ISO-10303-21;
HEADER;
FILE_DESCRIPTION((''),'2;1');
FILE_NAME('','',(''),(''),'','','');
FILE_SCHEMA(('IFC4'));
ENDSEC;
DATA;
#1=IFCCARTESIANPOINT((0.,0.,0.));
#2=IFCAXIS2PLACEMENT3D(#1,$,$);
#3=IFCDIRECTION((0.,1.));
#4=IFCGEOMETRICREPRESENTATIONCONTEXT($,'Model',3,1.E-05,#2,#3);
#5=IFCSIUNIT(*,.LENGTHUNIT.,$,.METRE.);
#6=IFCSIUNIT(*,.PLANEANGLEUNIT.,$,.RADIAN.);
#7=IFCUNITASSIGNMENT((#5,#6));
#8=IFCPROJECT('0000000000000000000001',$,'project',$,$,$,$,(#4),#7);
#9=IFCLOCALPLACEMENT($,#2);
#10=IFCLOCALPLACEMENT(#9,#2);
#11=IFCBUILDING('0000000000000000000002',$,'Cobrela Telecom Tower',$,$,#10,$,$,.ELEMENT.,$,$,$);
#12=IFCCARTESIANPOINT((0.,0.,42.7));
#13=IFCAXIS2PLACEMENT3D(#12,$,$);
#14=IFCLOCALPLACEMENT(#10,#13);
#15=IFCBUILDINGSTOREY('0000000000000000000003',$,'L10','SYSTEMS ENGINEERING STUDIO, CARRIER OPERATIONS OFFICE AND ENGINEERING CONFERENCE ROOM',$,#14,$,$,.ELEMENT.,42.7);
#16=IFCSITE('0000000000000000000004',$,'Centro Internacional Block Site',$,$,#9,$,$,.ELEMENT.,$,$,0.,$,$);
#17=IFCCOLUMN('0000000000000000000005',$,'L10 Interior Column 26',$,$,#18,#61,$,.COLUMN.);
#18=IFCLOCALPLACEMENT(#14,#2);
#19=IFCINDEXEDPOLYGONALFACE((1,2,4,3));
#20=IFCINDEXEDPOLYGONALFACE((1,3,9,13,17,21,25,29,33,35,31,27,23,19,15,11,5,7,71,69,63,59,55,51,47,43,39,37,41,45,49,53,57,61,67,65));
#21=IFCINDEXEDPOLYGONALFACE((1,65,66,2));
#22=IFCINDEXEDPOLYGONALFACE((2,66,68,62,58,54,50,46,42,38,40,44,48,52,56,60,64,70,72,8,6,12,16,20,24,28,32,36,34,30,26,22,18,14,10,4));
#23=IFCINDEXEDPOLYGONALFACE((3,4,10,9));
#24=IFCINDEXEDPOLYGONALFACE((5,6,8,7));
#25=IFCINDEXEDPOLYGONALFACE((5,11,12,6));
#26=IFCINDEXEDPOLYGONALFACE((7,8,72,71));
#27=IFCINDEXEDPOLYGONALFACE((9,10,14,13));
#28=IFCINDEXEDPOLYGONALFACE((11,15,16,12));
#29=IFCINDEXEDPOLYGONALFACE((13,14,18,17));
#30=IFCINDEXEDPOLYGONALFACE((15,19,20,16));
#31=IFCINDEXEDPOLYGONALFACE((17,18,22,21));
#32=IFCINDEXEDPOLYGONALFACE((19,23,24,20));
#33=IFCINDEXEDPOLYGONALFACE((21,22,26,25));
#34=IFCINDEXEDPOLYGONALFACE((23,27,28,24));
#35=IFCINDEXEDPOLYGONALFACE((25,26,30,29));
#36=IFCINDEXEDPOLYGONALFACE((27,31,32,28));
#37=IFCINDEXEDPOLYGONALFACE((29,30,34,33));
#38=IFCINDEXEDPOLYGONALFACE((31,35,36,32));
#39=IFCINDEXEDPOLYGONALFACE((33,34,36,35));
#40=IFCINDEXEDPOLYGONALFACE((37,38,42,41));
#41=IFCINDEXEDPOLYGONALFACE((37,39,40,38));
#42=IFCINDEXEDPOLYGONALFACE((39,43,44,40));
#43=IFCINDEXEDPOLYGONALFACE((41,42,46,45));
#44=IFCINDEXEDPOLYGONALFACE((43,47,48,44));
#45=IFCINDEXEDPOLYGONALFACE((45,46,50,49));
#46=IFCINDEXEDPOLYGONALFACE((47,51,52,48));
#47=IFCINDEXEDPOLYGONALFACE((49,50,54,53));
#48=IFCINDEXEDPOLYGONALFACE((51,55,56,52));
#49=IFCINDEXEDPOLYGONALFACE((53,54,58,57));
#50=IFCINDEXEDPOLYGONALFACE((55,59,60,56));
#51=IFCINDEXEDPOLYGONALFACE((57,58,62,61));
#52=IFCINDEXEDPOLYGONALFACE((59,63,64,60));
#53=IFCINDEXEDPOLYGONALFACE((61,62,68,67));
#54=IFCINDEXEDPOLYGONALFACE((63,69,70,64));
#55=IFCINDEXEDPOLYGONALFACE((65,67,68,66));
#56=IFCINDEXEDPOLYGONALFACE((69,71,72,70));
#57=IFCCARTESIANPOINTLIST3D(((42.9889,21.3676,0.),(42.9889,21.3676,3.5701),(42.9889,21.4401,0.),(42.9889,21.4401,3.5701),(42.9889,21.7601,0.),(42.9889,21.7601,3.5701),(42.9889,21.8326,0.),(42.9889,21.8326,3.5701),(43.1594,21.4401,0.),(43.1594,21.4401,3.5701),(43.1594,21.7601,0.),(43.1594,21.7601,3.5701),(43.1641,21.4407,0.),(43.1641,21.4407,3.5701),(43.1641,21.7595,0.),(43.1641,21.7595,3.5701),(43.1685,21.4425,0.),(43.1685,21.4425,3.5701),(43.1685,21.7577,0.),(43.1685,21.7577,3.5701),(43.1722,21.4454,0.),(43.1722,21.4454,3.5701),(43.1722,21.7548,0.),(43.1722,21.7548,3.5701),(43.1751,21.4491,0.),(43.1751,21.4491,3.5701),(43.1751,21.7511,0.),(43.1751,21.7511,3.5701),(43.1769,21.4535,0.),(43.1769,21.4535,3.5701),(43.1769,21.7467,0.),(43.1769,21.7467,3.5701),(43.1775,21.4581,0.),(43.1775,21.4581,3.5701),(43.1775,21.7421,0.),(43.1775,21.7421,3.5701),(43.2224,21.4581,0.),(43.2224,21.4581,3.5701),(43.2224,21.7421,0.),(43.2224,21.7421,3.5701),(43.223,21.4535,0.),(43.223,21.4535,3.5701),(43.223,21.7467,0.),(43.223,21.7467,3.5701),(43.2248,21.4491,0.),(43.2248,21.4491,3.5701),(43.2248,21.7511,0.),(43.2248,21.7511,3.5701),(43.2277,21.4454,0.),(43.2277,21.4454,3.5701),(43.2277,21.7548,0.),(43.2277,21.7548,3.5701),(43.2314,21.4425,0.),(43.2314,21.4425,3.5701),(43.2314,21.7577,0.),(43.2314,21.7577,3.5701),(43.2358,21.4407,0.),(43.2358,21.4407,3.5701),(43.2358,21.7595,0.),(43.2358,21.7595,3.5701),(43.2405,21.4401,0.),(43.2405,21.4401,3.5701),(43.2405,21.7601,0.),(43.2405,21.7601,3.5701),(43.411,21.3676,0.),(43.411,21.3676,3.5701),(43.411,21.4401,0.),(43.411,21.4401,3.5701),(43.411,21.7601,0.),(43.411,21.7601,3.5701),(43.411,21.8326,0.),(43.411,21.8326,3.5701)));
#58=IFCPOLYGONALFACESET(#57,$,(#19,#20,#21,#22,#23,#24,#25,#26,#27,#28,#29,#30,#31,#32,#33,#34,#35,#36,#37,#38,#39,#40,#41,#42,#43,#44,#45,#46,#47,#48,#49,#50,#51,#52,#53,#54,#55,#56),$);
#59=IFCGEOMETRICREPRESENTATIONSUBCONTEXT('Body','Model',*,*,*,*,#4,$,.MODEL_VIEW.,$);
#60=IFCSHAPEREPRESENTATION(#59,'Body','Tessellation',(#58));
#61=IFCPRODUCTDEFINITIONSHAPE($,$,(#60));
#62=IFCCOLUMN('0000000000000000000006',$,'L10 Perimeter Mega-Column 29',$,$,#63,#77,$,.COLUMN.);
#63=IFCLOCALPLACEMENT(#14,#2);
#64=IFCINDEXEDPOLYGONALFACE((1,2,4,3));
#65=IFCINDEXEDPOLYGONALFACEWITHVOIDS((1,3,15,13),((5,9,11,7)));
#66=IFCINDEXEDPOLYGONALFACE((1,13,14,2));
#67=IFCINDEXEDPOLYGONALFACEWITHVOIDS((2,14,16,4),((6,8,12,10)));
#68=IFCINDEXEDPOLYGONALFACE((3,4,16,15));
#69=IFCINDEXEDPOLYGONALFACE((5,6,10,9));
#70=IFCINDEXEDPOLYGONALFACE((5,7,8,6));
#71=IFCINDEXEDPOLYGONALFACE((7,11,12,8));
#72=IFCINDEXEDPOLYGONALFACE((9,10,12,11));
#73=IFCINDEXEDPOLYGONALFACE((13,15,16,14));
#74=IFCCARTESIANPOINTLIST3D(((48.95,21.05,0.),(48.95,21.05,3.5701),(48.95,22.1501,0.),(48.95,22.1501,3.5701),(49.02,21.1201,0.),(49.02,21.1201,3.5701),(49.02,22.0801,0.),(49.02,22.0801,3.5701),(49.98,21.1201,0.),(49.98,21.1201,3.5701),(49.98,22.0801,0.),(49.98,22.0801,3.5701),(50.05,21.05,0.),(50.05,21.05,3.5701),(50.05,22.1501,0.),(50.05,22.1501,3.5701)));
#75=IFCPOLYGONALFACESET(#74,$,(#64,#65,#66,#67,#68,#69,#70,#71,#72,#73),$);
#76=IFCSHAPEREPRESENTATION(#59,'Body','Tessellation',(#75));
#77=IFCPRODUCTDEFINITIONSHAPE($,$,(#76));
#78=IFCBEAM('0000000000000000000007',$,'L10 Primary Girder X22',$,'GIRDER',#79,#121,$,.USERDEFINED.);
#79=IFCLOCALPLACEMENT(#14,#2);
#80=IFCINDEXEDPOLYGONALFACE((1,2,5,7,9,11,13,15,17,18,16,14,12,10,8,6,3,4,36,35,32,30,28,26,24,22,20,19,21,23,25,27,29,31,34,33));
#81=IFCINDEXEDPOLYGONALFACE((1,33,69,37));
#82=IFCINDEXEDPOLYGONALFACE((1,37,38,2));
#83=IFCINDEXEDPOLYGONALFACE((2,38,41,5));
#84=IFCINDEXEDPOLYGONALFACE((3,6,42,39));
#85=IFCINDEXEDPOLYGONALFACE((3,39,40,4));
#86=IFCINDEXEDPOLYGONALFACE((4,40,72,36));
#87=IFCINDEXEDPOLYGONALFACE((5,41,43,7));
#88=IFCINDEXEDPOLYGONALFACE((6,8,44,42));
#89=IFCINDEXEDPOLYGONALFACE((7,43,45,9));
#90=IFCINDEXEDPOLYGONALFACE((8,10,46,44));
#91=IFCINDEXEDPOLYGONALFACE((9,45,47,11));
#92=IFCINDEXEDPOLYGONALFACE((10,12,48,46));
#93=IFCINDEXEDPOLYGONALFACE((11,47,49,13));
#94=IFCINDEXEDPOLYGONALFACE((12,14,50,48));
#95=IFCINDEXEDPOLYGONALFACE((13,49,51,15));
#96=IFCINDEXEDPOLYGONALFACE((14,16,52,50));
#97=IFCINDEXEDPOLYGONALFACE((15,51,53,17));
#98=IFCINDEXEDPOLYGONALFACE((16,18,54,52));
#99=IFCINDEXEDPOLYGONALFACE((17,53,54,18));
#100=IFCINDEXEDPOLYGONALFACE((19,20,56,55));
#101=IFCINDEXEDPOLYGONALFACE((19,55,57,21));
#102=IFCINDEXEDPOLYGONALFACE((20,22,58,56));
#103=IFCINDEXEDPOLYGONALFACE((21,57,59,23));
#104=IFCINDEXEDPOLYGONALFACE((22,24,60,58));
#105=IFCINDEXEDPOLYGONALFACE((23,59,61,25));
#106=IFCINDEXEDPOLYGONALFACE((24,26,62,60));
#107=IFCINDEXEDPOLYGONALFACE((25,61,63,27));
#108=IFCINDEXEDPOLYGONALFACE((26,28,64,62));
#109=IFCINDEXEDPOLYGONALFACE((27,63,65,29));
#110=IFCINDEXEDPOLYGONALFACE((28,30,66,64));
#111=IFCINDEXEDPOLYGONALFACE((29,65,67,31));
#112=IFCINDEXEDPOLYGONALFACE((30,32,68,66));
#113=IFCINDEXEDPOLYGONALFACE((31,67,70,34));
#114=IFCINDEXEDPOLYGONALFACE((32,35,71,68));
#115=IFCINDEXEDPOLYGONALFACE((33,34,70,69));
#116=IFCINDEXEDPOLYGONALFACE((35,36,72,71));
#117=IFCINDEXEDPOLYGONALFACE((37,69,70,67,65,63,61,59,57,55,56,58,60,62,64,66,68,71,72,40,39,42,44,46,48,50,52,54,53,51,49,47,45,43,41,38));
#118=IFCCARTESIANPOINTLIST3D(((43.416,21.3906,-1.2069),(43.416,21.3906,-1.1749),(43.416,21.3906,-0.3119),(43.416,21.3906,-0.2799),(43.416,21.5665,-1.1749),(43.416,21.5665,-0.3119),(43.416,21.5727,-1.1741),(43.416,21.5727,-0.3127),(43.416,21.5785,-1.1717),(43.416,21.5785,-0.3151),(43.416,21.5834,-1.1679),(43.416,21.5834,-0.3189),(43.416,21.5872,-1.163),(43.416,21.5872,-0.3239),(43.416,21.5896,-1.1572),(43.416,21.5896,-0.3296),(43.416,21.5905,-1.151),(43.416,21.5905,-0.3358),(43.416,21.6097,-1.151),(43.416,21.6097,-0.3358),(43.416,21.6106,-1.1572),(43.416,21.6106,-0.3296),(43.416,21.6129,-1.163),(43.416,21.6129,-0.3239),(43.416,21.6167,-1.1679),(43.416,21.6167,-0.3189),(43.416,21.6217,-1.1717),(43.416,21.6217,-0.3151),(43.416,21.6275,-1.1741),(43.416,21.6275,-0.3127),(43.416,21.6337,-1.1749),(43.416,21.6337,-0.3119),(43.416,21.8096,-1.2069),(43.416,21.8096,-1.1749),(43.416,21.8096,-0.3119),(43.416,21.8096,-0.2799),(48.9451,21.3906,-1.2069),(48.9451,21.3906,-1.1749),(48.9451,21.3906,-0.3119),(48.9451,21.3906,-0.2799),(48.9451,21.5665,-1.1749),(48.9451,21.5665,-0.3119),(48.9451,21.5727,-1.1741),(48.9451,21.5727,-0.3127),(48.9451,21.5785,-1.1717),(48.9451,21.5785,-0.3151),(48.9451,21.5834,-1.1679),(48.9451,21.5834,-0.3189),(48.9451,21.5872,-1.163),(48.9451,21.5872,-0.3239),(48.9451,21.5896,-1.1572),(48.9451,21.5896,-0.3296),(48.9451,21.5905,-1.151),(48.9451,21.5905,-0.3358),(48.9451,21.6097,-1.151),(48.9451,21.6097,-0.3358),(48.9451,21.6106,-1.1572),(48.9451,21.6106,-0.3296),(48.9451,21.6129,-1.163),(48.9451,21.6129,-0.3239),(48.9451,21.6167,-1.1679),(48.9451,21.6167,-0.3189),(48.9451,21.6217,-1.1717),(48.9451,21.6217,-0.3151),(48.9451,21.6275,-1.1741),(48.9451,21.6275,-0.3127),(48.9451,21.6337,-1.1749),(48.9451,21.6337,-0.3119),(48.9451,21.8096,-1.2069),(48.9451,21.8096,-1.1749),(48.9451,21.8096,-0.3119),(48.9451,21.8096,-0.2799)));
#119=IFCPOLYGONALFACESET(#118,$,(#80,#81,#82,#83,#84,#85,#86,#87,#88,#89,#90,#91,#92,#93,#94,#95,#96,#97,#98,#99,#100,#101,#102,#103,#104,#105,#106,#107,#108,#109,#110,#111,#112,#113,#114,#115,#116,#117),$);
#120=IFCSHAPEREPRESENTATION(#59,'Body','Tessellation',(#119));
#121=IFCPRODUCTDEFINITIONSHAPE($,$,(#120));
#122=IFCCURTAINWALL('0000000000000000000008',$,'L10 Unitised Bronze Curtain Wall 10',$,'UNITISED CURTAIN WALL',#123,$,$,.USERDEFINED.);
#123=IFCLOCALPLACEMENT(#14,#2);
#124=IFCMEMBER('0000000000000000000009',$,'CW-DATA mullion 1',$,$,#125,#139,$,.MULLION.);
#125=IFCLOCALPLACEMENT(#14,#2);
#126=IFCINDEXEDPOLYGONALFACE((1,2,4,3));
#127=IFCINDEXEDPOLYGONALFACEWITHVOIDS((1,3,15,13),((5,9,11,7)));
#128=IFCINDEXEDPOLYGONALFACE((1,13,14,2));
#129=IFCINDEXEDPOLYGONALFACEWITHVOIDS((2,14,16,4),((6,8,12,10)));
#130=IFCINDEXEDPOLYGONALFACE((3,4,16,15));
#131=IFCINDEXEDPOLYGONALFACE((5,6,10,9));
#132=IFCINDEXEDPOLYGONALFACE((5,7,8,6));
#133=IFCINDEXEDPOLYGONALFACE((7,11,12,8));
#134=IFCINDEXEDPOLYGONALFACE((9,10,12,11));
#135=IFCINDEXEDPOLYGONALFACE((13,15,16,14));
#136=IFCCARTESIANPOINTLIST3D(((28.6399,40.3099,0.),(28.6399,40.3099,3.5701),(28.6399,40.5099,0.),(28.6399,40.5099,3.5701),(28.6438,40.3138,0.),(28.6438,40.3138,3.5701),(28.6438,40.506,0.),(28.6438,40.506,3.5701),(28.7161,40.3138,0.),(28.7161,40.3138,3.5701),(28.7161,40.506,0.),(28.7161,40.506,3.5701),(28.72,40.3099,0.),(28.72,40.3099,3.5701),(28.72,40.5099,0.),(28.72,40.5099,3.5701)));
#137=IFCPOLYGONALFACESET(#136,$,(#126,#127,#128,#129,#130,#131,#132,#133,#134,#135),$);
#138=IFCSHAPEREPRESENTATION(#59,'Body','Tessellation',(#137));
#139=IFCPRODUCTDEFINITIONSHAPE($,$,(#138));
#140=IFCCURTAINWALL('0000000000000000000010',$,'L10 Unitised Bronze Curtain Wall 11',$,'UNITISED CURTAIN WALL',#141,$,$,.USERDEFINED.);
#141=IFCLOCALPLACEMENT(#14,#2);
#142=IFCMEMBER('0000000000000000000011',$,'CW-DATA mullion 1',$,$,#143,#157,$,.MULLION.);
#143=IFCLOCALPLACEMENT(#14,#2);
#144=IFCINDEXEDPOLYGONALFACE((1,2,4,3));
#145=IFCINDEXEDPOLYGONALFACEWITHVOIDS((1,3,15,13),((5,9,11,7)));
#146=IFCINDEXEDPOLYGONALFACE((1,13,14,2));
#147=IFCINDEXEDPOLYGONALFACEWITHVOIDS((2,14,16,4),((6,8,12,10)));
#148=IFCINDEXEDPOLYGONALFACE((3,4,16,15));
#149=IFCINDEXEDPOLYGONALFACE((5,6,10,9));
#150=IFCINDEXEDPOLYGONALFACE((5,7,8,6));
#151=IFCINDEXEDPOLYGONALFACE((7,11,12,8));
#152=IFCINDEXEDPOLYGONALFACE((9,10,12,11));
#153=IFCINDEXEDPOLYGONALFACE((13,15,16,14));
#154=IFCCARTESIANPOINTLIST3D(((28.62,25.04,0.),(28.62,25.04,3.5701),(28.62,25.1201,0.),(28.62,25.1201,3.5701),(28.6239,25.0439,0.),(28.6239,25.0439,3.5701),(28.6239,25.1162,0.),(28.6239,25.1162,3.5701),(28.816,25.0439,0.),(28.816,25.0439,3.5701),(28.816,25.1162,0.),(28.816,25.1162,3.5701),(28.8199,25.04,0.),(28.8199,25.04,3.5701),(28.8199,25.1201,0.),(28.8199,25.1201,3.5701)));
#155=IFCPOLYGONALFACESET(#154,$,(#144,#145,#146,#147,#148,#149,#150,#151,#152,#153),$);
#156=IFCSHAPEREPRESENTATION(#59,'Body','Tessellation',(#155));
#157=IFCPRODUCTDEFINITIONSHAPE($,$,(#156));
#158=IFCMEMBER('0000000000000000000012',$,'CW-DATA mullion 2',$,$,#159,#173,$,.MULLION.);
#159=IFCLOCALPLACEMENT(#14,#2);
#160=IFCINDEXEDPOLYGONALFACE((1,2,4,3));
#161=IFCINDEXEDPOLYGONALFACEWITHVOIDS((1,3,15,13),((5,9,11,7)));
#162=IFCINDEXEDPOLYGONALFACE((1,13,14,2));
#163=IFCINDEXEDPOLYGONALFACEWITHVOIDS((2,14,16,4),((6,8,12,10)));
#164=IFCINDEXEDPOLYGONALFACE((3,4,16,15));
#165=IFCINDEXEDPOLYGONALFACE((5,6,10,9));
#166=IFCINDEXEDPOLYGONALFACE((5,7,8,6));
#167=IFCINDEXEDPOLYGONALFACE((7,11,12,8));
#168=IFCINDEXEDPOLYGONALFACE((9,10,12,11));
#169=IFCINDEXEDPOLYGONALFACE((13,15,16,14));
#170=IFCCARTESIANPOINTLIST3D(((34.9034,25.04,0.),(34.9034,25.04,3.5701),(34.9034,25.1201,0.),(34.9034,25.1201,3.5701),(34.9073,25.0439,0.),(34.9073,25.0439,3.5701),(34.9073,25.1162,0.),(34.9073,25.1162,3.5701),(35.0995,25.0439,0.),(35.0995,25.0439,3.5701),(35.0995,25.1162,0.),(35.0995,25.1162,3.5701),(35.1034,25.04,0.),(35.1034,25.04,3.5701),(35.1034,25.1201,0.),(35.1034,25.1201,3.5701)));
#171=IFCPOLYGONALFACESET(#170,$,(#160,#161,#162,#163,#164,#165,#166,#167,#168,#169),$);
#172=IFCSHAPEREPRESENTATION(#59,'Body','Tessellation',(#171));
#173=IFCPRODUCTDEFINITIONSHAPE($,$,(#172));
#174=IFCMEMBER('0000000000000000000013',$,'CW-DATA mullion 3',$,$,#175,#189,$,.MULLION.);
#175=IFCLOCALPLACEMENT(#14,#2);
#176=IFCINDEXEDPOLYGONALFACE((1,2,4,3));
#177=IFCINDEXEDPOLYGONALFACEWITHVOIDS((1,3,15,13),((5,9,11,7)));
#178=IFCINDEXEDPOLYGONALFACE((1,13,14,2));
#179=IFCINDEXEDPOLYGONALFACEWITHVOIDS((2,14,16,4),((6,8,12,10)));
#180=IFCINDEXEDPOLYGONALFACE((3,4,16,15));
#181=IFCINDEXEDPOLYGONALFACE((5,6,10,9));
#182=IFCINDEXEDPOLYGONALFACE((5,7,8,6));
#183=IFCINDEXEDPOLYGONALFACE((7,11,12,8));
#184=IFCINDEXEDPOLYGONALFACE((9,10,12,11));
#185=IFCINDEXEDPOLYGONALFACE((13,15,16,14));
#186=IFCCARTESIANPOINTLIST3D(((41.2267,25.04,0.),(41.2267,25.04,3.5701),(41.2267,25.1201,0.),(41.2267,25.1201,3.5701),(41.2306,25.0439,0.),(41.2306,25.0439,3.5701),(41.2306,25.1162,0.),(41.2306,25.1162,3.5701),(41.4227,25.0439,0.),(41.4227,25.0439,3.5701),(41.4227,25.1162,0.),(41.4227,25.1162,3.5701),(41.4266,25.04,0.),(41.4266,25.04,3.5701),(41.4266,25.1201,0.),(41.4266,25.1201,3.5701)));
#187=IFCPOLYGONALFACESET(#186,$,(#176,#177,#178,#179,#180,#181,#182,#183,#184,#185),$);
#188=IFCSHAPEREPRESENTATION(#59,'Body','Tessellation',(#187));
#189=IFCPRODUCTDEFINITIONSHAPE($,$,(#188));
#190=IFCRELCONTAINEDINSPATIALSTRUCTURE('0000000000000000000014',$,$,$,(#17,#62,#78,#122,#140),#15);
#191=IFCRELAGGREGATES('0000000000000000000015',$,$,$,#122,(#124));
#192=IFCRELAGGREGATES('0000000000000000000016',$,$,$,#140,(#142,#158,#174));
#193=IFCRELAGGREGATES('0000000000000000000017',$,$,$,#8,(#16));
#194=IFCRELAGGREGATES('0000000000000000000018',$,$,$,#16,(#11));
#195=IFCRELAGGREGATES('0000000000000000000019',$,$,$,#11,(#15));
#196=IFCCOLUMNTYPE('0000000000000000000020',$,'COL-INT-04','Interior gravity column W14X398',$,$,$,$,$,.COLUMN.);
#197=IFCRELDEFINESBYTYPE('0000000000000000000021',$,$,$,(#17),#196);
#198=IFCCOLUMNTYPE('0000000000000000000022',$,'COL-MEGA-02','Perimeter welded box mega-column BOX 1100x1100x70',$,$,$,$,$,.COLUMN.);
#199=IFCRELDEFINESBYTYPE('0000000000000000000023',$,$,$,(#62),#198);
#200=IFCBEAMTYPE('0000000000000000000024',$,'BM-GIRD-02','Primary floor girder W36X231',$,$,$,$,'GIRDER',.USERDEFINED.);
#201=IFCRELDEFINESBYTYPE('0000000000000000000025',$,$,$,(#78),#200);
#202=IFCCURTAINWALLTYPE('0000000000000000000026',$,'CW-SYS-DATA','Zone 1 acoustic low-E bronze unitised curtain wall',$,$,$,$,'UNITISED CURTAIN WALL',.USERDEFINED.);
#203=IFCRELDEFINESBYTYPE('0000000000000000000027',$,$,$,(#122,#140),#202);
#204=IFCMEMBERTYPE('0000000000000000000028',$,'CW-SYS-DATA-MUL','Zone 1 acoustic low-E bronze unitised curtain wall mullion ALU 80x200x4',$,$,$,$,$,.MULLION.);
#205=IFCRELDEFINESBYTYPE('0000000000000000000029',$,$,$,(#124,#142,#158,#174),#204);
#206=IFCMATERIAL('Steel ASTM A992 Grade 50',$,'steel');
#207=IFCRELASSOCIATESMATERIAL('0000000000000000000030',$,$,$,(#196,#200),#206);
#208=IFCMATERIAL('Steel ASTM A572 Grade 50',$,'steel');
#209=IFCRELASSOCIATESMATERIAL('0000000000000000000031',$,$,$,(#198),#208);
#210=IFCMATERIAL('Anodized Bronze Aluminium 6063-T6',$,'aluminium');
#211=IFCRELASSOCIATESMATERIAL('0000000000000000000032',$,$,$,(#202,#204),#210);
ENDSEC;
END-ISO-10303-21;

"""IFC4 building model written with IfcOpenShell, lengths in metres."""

from ifc_helpers import new_model, si_unit, direction, frame, origin, origin_2d, place, context, subcontext, project, spatial, hollow_rectangle, i_section, extrude, material, material_profile, profile_set, type_object, element, aggregate, save


model = new_model("IFC4")

# Units and contexts
model_context = context("Model", 3, precision=1e-05, world=origin(), true_north=direction((0.0, 1.0)))
body_context = subcontext(model_context, "Body", "Model", "MODEL_VIEW")
ifc_project = project(units=[si_unit("LENGTHUNIT", "METRE"), si_unit("PLANEANGLEUNIT", "RADIAN")], contexts=[model_context])

# Site, building, storey
site_placement = place(None, origin())
site = spatial("IfcSite", under=ifc_project, at=site_placement, Name="Centro Internacional Block Site", CompositionType="ELEMENT", RefElevation=0.0)
building_placement = place(site_placement, origin())
building = spatial("IfcBuilding", under=site, at=building_placement, Name="Cobrela Telecom Tower", CompositionType="ELEMENT")
storey_placement = place(building_placement, frame((0.0, 0.0, 42.7)))
storey = spatial("IfcBuildingStorey", under=building, at=storey_placement, Name="L10", Description="SYSTEMS ENGINEERING STUDIO, CARRIER OPERATIONS OFFICE AND ENGINEERING CONFERENCE ROOM", CompositionType="ELEMENT", Elevation=42.7)

# Columns
ifc_material_1 = material(Name="Steel ASTM A992 Grade 50", Category="steel")
ifc_material_profile_1 = material_profile(ifc_material_1, i_section(OverallWidth=0.4221, OverallDepth=0.4651, WebThickness=0.0449, FlangeThickness=0.0725, FilletRadius=0.0181, at=origin_2d()), Name="W14X398")
ifc_profile_set_1 = profile_set([ifc_material_profile_1], Name="Steel ASTM A992 Grade 50")
column_type_1 = type_object("IfcColumnType", Name="COL-INT-04", Description="Interior gravity column W14X398", PredefinedType="COLUMN", material=ifc_profile_set_1)
column_1_placement = place(storey_placement, frame((43.2, 21.6001, 0.0), z_axis=(0.0, 0.0, 1.0), x_axis=(1.0, 0.0, 0.0)))
element("IfcColumn", 1, at=column_1_placement, inside=storey, type_object=column_type_1, Name="L10 Interior Column 26", PredefinedType="COLUMN", context=body_context, shape_type="SweptSolid", body=[
    extrude(i_section(OverallWidth=0.4221, OverallDepth=0.4651, WebThickness=0.0449, FlangeThickness=0.0725, FilletRadius=0.0181, at=origin_2d()), origin(), (0.0, 0.0, 1.0), 3.5701),
])
ifc_material_2 = material(Name="Steel ASTM A572 Grade 50", Category="steel")
ifc_material_profile_2 = material_profile(ifc_material_2, hollow_rectangle(XDim=1.1001, YDim=1.1001, WallThickness=0.0701, at=origin_2d()), Name="BOX 1100x1100x70")
ifc_profile_set_2 = profile_set([ifc_material_profile_2], Name="Steel ASTM A572 Grade 50")
column_type_2 = type_object("IfcColumnType", Name="COL-MEGA-02", Description="Perimeter welded box mega-column BOX 1100x1100x70", PredefinedType="COLUMN", material=ifc_profile_set_2)
column_2_placement = place(storey_placement, frame((49.5, 21.6001, 0.0), z_axis=(0.0, 0.0, 1.0), x_axis=(1.0, 0.0, 0.0)))
element("IfcColumn", 2, at=column_2_placement, inside=storey, type_object=column_type_2, Name="L10 Perimeter Mega-Column 29", PredefinedType="COLUMN", context=body_context, shape_type="SweptSolid", body=[
    extrude(hollow_rectangle(XDim=1.1001, YDim=1.1001, WallThickness=0.0701, at=origin_2d()), origin(), (0.0, 0.0, 1.0), 3.5701),
])

# Beam
ifc_material_profile_3 = material_profile(ifc_material_1, i_section(OverallWidth=0.4189, OverallDepth=0.927, WebThickness=0.0193, FlangeThickness=0.032, FilletRadius=0.0239, at=origin_2d()), Name="W36X231")
ifc_profile_set_3 = profile_set([ifc_material_profile_3], Name="Steel ASTM A992 Grade 50")
beam_type = type_object("IfcBeamType", Name="BM-GIRD-02", Description="Primary floor girder W36X231", ElementType="GIRDER", PredefinedType="USERDEFINED", material=ifc_profile_set_3)
beam_placement = place(storey_placement, frame((43.416, 21.6001, -0.7434), z_axis=(1.0, 0.0, 0.0), x_axis=(0.0, 1.0, 0.0)))
element("IfcBeam", 3, at=beam_placement, inside=storey, type_object=beam_type, Name="L10 Primary Girder X22", ObjectType="GIRDER", PredefinedType="USERDEFINED", context=body_context, shape_type="SweptSolid", body=[
    extrude(i_section(OverallWidth=0.4189, OverallDepth=0.927, WebThickness=0.0193, FlangeThickness=0.032, FilletRadius=0.0239, at=origin_2d()), origin(), (0.0, 0.0, 1.0), 5.5291),
])

# Curtain wall, member
ifc_material_3 = material(Name="Anodized Bronze Aluminium 6063-T6", Category="aluminium")
curtain_wall_type = type_object("IfcCurtainWallType", Name="CW-SYS-DATA", Description="Zone 1 acoustic low-E bronze unitised curtain wall", ElementType="UNITISED CURTAIN WALL", PredefinedType="USERDEFINED", material=ifc_material_3)
curtain_wall_1_placement = place(storey_placement, origin())
curtain_wall_1 = element("IfcCurtainWall", 4, at=curtain_wall_1_placement, inside=storey, type_object=curtain_wall_type, Name="L10 Unitised Bronze Curtain Wall 10", ObjectType="UNITISED CURTAIN WALL", PredefinedType="USERDEFINED")
ifc_material_profile_4 = material_profile(ifc_material_3, hollow_rectangle(XDim=0.0801, YDim=0.2, WallThickness=0.0039, at=origin_2d()), Name="ALU 80x200x4")
ifc_profile_set_4 = profile_set([ifc_material_profile_4], Name="Anodized Bronze Aluminium 6063-T6")
member_type_1 = type_object("IfcMemberType", Name="CW-SYS-DATA-MUL", Description="Zone 1 acoustic low-E bronze unitised curtain wall mullion ALU 80x200x4", PredefinedType="MULLION", material=ifc_profile_set_4)
member_1_placement = place(storey_placement, frame((28.6799, 40.4099, 0.0), z_axis=(0.0, 0.0, 1.0), x_axis=(1.0, 0.0, 0.0)))
member_1 = element("IfcMember", 5, at=member_1_placement, type_object=member_type_1, Name="CW-DATA mullion 1", PredefinedType="MULLION", context=body_context, shape_type="SweptSolid", body=[
    extrude(hollow_rectangle(XDim=0.0801, YDim=0.2, WallThickness=0.0039, at=origin_2d()), origin(), (0.0, 0.0, 1.0), 3.5701),
])
aggregate(curtain_wall_1, [member_1])

# Curtain wall, members
curtain_wall_2_placement = place(storey_placement, origin())
curtain_wall_2 = element("IfcCurtainWall", 6, at=curtain_wall_2_placement, inside=storey, type_object=curtain_wall_type, Name="L10 Unitised Bronze Curtain Wall 11", ObjectType="UNITISED CURTAIN WALL", PredefinedType="USERDEFINED")
member_2_placement = place(storey_placement, frame((28.72, 25.0801, 0.0), z_axis=(0.0, 0.0, 1.0), x_axis=(0.0, 1.0, 0.0)))
member_2 = element("IfcMember", 7, at=member_2_placement, type_object=member_type_1, Name="CW-DATA mullion 1", PredefinedType="MULLION", context=body_context, shape_type="SweptSolid", body=[
    extrude(hollow_rectangle(XDim=0.0801, YDim=0.2, WallThickness=0.0039, at=origin_2d()), origin(), (0.0, 0.0, 1.0), 3.5701),
])
member_3_placement = place(storey_placement, frame((35.0034, 25.0801, 0.0), z_axis=(0.0, 0.0, 1.0), x_axis=(0.0, 1.0, 0.0)))
member_3 = element("IfcMember", 8, at=member_3_placement, type_object=member_type_1, Name="CW-DATA mullion 2", PredefinedType="MULLION", context=body_context, shape_type="SweptSolid", body=[
    extrude(hollow_rectangle(XDim=0.0801, YDim=0.2, WallThickness=0.0039, at=origin_2d()), origin(), (0.0, 0.0, 1.0), 3.5701),
])
member_4_placement = place(storey_placement, frame((41.3267, 25.0801, 0.0), z_axis=(0.0, 0.0, 1.0), x_axis=(0.0, 1.0, 0.0)))
member_4 = element("IfcMember", 9, at=member_4_placement, type_object=member_type_1, Name="CW-DATA mullion 3", PredefinedType="MULLION", context=body_context, shape_type="SweptSolid", body=[
    extrude(hollow_rectangle(XDim=0.0801, YDim=0.2, WallThickness=0.0039, at=origin_2d()), origin(), (0.0, 0.0, 1.0), 3.5701),
])

aggregate(curtain_wall_2, [member_2, member_3, member_4])

save(model, "model.ifc")
